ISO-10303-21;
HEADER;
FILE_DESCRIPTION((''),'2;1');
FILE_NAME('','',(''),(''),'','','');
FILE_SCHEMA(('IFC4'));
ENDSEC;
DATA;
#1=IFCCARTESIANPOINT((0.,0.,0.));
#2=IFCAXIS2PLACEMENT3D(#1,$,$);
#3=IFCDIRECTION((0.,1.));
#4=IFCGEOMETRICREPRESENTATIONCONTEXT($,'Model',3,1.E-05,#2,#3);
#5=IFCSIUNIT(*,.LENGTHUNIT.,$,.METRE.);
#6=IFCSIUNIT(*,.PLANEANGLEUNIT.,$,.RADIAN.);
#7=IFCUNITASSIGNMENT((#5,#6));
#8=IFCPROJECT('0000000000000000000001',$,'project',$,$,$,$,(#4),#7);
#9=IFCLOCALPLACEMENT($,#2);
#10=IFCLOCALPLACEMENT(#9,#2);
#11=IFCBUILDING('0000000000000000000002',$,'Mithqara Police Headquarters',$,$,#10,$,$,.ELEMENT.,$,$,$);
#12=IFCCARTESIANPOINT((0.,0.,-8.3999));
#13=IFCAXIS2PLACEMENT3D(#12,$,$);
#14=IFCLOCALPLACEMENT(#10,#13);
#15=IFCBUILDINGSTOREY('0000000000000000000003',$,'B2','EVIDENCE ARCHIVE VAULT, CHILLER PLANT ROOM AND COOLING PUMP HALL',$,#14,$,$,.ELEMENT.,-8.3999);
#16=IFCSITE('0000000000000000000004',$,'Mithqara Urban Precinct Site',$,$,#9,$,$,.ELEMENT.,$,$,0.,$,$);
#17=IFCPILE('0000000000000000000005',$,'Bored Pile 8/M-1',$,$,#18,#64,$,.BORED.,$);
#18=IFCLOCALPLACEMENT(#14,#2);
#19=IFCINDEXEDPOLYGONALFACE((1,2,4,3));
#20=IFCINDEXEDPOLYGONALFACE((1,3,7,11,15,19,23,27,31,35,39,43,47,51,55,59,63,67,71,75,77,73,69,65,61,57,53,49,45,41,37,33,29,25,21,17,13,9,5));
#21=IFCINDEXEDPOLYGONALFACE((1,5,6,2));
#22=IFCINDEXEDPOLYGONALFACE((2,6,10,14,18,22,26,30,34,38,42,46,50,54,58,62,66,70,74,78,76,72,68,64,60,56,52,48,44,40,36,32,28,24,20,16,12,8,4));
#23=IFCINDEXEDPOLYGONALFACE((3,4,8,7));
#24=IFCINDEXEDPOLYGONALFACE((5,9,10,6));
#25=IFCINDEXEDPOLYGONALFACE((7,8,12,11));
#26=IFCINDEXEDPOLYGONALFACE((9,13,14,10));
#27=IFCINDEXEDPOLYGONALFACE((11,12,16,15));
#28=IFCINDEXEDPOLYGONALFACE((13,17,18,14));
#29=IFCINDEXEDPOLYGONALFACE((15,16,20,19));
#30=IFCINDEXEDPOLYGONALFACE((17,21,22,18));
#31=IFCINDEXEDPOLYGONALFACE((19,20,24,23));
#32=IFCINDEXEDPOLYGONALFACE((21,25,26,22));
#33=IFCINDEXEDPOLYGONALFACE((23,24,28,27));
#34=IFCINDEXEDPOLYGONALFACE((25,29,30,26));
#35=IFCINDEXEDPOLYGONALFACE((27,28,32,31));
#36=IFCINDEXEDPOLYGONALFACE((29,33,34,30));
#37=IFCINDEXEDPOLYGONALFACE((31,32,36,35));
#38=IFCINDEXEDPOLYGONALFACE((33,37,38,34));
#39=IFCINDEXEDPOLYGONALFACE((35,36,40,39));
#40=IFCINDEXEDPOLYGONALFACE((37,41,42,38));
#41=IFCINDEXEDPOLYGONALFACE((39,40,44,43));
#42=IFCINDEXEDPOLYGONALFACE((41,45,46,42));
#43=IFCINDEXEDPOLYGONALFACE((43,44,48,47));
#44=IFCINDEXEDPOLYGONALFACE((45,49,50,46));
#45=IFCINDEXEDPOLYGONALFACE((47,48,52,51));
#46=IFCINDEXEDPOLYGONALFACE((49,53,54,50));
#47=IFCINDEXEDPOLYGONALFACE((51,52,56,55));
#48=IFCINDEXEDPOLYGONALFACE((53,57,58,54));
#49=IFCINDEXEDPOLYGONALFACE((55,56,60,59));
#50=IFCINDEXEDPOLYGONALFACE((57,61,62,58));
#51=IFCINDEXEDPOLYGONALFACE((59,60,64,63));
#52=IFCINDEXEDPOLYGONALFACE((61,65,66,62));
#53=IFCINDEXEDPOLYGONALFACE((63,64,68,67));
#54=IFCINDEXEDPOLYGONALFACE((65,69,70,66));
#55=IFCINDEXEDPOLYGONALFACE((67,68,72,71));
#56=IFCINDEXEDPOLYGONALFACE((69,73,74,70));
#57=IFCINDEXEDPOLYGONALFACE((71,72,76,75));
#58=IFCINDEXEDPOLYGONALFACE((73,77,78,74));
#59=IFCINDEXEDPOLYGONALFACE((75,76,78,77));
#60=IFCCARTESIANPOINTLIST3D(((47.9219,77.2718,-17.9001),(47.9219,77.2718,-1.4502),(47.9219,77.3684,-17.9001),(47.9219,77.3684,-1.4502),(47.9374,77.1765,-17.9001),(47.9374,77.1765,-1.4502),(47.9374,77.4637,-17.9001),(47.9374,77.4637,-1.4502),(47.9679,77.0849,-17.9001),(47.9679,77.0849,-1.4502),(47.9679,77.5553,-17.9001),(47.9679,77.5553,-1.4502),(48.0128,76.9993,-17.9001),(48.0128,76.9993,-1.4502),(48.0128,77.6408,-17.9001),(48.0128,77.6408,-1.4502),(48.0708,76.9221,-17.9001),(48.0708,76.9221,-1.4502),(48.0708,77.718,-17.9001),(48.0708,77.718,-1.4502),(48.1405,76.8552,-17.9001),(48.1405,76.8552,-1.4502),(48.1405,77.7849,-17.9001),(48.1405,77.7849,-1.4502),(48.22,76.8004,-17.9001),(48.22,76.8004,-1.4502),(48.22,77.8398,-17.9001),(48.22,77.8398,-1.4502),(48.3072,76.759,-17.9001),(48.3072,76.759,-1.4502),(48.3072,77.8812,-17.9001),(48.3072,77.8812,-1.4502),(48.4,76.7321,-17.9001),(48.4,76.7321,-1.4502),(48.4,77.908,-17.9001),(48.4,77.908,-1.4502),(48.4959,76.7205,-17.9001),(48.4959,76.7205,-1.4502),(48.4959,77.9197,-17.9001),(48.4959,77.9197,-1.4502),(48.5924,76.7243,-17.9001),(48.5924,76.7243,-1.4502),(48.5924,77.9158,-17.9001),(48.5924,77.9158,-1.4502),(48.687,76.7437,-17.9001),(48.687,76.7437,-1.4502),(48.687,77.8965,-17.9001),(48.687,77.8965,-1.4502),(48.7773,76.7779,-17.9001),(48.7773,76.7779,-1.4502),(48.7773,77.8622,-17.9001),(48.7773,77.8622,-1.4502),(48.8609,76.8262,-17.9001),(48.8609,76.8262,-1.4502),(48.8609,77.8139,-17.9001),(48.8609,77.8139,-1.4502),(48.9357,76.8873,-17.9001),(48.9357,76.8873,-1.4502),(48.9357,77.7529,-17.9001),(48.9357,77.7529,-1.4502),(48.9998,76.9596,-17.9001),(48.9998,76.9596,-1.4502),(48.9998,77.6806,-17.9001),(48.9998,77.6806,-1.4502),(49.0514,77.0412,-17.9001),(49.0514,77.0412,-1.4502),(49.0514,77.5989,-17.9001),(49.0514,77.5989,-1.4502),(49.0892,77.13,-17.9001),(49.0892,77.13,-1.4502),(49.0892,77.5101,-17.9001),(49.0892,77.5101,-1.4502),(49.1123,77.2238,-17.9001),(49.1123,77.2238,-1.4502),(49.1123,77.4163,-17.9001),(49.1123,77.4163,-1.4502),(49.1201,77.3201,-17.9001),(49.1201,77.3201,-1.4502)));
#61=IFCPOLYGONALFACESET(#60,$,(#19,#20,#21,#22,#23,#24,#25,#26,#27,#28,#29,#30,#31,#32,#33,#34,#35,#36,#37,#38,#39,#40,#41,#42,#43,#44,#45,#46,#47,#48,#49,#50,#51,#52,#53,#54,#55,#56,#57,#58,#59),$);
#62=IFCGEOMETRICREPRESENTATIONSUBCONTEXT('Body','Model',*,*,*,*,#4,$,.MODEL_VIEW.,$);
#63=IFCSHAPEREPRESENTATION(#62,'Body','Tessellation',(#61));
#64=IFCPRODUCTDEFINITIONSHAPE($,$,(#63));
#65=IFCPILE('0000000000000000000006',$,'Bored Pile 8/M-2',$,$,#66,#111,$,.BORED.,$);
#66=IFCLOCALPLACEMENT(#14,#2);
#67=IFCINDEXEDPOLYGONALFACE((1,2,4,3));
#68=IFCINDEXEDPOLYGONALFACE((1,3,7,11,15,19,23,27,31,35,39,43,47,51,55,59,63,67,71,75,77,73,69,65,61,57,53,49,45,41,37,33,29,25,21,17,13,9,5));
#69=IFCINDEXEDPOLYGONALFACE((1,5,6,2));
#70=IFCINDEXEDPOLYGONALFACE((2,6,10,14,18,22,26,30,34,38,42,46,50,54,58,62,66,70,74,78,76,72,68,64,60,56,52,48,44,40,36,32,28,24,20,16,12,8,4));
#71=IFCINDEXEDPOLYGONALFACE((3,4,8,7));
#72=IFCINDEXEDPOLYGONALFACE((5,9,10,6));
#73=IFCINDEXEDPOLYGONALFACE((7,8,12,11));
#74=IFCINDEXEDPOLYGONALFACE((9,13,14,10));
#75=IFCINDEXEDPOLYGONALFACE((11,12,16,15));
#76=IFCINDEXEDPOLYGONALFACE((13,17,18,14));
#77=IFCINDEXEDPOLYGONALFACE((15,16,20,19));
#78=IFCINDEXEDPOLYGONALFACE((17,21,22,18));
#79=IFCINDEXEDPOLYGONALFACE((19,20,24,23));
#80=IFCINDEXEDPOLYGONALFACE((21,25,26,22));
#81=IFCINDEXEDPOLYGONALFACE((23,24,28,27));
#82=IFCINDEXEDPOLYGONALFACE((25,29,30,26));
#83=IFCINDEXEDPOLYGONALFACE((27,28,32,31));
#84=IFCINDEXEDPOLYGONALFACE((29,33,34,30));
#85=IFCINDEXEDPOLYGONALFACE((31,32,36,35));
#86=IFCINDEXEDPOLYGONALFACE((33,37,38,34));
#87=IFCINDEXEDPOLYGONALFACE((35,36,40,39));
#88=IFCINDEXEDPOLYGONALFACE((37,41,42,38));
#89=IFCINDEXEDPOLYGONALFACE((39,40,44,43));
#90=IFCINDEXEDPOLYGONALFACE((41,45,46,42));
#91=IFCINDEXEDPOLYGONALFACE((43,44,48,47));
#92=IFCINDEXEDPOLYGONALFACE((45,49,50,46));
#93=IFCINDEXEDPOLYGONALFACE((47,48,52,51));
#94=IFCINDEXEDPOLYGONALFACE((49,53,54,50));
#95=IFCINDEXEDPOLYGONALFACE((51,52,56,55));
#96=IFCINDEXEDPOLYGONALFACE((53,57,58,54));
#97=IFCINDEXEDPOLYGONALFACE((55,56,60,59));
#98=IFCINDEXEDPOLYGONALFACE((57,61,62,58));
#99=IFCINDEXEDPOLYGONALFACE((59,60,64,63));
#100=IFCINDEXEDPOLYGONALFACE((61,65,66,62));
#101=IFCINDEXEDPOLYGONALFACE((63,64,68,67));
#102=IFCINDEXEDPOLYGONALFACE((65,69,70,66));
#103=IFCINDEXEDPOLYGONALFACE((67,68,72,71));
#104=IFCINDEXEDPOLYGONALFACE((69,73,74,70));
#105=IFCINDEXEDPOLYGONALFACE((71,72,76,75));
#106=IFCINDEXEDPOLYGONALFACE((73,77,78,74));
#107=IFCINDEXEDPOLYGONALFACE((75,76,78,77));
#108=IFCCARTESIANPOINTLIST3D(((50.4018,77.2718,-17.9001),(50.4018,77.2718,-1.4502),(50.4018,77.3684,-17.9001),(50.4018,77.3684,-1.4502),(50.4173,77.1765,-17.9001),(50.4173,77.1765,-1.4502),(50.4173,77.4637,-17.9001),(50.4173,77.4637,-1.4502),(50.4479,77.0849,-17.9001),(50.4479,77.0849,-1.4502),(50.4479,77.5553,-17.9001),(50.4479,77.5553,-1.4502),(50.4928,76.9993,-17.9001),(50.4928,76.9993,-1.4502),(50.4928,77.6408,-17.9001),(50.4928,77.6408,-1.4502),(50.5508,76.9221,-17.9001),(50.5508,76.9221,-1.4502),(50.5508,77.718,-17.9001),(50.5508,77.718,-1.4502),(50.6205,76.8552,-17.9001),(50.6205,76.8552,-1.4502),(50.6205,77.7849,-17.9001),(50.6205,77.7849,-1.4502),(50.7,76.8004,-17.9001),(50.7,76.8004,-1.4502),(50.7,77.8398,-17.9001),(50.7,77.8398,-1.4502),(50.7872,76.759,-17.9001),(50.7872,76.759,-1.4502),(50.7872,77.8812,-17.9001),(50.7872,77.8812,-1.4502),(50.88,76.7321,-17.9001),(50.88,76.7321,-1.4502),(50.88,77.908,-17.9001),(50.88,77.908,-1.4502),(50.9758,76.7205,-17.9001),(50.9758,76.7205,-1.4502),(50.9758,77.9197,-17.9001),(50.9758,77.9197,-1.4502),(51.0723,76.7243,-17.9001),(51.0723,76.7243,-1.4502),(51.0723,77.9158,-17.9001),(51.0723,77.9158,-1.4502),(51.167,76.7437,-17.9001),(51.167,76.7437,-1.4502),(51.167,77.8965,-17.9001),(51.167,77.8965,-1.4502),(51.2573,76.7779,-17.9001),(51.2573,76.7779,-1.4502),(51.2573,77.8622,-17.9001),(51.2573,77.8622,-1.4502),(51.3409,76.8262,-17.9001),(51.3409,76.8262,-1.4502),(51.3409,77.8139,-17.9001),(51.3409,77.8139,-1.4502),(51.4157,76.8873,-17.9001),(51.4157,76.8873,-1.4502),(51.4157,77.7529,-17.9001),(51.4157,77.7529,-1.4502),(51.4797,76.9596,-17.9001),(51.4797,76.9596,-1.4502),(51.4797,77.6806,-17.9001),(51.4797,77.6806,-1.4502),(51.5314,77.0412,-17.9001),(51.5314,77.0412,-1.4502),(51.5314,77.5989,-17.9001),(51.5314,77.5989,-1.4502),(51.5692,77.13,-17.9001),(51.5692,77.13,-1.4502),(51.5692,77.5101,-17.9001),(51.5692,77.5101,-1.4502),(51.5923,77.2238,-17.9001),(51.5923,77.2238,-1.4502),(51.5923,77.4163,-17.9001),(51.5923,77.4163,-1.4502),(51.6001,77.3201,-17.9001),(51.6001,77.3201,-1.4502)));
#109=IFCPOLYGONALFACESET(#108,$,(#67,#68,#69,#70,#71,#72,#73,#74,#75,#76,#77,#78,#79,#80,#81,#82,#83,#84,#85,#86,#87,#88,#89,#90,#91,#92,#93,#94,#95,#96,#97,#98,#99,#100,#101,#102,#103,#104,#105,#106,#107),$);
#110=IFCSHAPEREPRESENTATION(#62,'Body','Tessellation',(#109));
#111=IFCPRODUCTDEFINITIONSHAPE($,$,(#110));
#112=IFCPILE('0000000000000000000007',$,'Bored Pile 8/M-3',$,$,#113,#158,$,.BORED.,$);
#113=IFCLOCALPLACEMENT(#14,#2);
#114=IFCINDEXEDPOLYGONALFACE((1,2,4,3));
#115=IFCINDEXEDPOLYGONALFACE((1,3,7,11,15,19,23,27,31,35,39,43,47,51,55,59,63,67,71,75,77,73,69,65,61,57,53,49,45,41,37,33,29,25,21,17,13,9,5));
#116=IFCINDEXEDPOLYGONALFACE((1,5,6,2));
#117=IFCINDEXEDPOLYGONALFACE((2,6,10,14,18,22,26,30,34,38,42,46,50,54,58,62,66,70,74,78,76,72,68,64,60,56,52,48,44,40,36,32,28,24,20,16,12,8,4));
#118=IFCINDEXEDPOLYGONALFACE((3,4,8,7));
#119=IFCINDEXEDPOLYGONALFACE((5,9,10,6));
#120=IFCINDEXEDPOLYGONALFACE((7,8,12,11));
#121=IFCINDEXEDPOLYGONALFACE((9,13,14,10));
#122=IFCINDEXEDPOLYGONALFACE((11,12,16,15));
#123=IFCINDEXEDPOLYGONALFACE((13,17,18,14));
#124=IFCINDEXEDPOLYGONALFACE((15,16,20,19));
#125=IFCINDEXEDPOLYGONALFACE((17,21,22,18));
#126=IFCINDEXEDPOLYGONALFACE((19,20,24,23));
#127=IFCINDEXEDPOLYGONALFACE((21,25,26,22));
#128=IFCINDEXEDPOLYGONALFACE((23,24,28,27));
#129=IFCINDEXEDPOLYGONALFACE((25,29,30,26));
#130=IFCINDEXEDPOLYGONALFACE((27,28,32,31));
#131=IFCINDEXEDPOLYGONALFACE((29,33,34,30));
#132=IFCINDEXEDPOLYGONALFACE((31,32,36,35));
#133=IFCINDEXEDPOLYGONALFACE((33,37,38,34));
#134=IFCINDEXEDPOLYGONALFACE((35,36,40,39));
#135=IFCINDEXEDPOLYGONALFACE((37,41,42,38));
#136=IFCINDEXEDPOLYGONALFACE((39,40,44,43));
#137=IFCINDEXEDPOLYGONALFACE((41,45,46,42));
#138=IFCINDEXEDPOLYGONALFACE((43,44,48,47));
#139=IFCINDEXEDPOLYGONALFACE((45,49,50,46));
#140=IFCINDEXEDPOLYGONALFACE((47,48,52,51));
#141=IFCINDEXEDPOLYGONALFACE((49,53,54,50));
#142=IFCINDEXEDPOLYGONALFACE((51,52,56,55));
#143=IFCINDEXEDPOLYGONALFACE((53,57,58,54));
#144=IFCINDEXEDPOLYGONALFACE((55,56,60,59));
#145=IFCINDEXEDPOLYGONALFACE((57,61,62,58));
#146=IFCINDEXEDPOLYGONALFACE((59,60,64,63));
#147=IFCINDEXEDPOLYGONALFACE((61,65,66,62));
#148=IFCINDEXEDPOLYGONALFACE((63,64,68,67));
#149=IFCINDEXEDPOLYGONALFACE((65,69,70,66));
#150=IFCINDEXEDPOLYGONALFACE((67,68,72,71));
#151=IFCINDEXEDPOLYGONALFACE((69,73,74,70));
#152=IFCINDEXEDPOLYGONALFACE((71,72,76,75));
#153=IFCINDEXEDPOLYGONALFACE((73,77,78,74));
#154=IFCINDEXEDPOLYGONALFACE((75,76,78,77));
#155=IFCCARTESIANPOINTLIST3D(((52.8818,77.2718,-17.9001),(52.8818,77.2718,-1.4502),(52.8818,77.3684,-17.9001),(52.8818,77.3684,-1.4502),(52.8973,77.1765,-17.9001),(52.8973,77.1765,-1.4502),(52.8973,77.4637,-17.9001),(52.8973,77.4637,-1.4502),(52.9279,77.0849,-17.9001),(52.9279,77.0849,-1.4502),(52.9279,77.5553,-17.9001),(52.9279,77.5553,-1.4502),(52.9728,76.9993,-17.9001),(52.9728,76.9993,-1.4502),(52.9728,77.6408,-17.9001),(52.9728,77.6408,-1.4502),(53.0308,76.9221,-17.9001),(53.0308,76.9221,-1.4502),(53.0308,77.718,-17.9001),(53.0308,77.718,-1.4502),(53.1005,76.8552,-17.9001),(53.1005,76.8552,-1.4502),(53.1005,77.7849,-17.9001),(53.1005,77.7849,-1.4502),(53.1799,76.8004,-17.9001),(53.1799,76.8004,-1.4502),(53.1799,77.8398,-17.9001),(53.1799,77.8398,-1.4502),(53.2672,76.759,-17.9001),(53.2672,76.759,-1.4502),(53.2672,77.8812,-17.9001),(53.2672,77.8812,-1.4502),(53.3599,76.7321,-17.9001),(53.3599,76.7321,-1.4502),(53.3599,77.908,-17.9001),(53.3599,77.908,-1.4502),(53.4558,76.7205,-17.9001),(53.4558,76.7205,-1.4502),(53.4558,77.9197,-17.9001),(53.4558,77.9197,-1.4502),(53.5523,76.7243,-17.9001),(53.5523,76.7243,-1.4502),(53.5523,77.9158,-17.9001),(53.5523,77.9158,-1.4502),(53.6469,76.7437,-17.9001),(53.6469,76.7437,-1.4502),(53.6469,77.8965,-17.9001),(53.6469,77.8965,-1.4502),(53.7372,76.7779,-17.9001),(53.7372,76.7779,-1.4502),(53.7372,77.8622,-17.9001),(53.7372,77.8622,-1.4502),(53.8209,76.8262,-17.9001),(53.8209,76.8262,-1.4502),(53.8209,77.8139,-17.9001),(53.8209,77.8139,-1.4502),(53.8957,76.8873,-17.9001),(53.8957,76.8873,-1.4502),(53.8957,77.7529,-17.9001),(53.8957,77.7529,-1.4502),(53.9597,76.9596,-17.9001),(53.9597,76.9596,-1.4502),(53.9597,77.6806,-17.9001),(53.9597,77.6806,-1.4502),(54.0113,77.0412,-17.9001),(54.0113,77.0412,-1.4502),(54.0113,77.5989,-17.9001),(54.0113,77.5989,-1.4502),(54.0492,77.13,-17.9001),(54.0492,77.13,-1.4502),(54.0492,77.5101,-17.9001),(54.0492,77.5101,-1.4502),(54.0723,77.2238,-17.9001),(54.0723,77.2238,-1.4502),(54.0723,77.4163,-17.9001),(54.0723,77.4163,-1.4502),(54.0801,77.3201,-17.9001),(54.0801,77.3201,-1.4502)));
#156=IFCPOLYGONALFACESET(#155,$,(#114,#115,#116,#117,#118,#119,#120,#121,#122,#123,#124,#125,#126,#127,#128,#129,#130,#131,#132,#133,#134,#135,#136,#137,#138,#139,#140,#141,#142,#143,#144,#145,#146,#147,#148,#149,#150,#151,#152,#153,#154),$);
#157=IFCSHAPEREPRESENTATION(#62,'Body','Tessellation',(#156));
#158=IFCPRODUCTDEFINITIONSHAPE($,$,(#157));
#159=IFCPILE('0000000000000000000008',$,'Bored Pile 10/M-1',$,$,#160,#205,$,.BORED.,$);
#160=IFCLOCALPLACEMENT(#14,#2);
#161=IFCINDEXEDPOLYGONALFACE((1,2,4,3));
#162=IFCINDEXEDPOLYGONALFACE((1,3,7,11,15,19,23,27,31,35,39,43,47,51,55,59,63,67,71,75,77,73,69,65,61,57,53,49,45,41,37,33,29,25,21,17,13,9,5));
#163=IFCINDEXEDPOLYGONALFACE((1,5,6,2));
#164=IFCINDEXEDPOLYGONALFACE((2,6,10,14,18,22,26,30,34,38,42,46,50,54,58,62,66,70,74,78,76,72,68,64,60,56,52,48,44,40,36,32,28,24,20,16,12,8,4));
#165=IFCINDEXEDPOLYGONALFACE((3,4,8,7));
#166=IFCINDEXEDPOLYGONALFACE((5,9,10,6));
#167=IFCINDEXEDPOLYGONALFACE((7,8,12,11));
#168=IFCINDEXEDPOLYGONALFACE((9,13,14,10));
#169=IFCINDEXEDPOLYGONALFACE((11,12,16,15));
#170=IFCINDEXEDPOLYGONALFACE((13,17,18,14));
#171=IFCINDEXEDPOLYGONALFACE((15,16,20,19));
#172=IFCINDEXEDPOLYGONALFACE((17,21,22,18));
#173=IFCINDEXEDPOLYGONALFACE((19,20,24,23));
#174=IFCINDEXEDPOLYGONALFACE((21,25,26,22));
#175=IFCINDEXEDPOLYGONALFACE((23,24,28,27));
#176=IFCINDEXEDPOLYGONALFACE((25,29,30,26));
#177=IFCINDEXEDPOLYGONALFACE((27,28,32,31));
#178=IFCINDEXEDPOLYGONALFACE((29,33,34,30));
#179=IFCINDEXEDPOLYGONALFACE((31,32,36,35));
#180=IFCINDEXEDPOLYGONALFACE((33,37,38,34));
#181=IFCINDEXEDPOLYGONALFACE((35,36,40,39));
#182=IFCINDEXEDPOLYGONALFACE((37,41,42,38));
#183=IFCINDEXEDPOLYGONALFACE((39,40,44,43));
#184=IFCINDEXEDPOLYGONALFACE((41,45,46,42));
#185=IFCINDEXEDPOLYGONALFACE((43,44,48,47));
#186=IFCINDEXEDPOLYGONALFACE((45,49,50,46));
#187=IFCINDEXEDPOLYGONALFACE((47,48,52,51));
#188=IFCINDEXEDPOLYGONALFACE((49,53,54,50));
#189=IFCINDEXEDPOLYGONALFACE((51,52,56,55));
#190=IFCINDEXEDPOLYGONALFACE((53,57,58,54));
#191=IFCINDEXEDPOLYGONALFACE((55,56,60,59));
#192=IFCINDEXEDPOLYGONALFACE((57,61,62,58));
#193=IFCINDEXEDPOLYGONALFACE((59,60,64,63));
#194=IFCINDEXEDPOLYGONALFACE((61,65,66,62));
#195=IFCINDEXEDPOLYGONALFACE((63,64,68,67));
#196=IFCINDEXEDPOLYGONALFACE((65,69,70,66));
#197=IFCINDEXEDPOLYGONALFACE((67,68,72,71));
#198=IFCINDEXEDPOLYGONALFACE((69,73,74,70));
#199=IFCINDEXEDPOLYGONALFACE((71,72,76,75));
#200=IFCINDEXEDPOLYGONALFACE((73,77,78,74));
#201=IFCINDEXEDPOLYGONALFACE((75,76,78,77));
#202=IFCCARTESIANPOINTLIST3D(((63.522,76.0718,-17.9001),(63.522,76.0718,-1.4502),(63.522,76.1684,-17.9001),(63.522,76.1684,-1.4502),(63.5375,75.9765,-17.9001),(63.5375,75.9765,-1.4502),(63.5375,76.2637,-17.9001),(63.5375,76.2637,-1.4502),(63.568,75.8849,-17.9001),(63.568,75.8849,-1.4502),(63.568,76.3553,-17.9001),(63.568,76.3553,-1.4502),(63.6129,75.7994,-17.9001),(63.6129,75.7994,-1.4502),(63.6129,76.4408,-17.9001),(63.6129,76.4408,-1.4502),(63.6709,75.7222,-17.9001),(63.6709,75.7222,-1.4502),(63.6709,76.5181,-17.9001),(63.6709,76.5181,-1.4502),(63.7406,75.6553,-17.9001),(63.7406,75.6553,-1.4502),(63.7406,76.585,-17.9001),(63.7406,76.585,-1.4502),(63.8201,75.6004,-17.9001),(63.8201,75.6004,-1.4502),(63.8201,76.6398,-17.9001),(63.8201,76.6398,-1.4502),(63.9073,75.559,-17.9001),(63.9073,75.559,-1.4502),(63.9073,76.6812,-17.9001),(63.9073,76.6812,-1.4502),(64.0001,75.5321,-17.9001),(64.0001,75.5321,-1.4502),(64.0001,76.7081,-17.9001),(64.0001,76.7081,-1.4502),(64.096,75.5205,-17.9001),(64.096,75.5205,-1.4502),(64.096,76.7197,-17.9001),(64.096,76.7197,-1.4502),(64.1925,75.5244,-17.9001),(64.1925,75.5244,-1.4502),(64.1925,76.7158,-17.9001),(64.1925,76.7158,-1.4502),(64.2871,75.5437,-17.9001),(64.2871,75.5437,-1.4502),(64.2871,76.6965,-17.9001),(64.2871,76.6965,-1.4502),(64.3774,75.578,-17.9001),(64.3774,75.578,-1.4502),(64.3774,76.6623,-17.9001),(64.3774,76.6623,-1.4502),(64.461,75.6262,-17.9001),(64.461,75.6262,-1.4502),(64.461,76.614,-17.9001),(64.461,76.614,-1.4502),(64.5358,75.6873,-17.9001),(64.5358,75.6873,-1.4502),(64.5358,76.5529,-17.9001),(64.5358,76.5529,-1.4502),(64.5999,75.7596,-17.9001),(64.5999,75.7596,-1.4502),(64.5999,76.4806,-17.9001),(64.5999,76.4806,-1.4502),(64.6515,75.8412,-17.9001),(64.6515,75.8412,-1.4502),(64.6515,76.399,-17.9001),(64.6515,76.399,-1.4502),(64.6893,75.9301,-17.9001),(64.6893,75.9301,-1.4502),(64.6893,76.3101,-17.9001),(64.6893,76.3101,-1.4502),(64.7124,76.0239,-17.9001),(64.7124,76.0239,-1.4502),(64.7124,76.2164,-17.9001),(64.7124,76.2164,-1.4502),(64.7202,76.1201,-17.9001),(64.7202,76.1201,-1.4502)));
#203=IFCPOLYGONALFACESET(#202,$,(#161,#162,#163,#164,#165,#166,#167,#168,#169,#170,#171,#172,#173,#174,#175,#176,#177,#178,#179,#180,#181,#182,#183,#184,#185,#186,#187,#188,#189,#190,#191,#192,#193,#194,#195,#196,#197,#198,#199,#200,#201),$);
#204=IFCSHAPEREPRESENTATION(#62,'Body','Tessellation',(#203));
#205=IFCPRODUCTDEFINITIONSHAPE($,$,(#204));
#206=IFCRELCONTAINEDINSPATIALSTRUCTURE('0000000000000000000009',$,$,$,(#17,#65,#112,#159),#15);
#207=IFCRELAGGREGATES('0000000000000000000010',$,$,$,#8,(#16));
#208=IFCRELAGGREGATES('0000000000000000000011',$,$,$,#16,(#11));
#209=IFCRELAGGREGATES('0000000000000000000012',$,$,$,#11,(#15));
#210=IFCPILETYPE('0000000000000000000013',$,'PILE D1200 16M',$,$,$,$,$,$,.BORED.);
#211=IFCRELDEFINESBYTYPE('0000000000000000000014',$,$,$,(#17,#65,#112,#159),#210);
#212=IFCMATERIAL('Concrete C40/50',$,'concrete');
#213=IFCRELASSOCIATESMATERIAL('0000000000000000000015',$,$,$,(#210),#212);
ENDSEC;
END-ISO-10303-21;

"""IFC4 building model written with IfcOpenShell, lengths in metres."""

from ifc_helpers import new_model, si_unit, direction, frame, origin, origin_2d, place, context, subcontext, project, spatial, circle, extrude, material, material_profile, profile_set, type_object, element, save


model = new_model("IFC4")

# Units and contexts
model_context = context("Model", 3, precision=1e-05, world=origin(), true_north=direction((0.0, 1.0)))
body_context = subcontext(model_context, "Body", "Model", "MODEL_VIEW")
ifc_project = project(units=[si_unit("LENGTHUNIT", "METRE"), si_unit("PLANEANGLEUNIT", "RADIAN")], contexts=[model_context])

# Site, building, storey
site_placement = place(None, origin())
site = spatial("IfcSite", under=ifc_project, at=site_placement, Name="Mithqara Urban Precinct Site", CompositionType="ELEMENT", RefElevation=0.0)
building_placement = place(site_placement, origin())
building = spatial("IfcBuilding", under=site, at=building_placement, Name="Mithqara Police Headquarters", CompositionType="ELEMENT")
storey_placement = place(building_placement, frame((0.0, 0.0, -8.3999)))
storey = spatial("IfcBuildingStorey", under=building, at=storey_placement, Name="B2", Description="EVIDENCE ARCHIVE VAULT, CHILLER PLANT ROOM AND COOLING PUMP HALL", CompositionType="ELEMENT", Elevation=-8.3999)

# Shared definitions
ifc_material_1 = material(Name="Concrete C40/50", Category="concrete")

# Piles
ifc_material_profile_1 = material_profile(ifc_material_1, circle(Radius=0.6001, at=origin_2d()), Name="PILE D1200")
ifc_profile_set_1 = profile_set([ifc_material_profile_1], Name="Concrete C40/50")
pile_type_1 = type_object("IfcPileType", Name="PILE D1200 16M", PredefinedType="BORED", material=ifc_profile_set_1)
for number, where, z_axis, x_axis, name in (
    (1, (48.52, 77.3201, -1.4502), (0.0, 0.0, -1.0), (1.0, 0.0, 0.0), "Bored Pile 8/M-1"),
    (2, (51.0, 77.3201, -1.4502), (0.0, 0.0, -1.0), (1.0, 0.0, 0.0), "Bored Pile 8/M-2"),
    (3, (53.48, 77.3201, -1.4502), (0.0, 0.0, -1.0), (1.0, 0.0, 0.0), "Bored Pile 8/M-3"),
    (4, (64.1201, 76.1201, -1.4502), (0.0, 0.0, -1.0), (1.0, 0.0, 0.0), "Bored Pile 10/M-1"),
):
    element("IfcPile", number, at=place(storey_placement, frame(where, z_axis=z_axis, x_axis=x_axis)), inside=storey, type_object=pile_type_1, Name=name, PredefinedType="BORED", context=body_context, shape_type="SweptSolid", body=[
        extrude(circle(Radius=0.6001, at=origin_2d()), origin(), (0.0, 0.0, 1.0), 16.45),
    ])

save(model, "model.ifc")
